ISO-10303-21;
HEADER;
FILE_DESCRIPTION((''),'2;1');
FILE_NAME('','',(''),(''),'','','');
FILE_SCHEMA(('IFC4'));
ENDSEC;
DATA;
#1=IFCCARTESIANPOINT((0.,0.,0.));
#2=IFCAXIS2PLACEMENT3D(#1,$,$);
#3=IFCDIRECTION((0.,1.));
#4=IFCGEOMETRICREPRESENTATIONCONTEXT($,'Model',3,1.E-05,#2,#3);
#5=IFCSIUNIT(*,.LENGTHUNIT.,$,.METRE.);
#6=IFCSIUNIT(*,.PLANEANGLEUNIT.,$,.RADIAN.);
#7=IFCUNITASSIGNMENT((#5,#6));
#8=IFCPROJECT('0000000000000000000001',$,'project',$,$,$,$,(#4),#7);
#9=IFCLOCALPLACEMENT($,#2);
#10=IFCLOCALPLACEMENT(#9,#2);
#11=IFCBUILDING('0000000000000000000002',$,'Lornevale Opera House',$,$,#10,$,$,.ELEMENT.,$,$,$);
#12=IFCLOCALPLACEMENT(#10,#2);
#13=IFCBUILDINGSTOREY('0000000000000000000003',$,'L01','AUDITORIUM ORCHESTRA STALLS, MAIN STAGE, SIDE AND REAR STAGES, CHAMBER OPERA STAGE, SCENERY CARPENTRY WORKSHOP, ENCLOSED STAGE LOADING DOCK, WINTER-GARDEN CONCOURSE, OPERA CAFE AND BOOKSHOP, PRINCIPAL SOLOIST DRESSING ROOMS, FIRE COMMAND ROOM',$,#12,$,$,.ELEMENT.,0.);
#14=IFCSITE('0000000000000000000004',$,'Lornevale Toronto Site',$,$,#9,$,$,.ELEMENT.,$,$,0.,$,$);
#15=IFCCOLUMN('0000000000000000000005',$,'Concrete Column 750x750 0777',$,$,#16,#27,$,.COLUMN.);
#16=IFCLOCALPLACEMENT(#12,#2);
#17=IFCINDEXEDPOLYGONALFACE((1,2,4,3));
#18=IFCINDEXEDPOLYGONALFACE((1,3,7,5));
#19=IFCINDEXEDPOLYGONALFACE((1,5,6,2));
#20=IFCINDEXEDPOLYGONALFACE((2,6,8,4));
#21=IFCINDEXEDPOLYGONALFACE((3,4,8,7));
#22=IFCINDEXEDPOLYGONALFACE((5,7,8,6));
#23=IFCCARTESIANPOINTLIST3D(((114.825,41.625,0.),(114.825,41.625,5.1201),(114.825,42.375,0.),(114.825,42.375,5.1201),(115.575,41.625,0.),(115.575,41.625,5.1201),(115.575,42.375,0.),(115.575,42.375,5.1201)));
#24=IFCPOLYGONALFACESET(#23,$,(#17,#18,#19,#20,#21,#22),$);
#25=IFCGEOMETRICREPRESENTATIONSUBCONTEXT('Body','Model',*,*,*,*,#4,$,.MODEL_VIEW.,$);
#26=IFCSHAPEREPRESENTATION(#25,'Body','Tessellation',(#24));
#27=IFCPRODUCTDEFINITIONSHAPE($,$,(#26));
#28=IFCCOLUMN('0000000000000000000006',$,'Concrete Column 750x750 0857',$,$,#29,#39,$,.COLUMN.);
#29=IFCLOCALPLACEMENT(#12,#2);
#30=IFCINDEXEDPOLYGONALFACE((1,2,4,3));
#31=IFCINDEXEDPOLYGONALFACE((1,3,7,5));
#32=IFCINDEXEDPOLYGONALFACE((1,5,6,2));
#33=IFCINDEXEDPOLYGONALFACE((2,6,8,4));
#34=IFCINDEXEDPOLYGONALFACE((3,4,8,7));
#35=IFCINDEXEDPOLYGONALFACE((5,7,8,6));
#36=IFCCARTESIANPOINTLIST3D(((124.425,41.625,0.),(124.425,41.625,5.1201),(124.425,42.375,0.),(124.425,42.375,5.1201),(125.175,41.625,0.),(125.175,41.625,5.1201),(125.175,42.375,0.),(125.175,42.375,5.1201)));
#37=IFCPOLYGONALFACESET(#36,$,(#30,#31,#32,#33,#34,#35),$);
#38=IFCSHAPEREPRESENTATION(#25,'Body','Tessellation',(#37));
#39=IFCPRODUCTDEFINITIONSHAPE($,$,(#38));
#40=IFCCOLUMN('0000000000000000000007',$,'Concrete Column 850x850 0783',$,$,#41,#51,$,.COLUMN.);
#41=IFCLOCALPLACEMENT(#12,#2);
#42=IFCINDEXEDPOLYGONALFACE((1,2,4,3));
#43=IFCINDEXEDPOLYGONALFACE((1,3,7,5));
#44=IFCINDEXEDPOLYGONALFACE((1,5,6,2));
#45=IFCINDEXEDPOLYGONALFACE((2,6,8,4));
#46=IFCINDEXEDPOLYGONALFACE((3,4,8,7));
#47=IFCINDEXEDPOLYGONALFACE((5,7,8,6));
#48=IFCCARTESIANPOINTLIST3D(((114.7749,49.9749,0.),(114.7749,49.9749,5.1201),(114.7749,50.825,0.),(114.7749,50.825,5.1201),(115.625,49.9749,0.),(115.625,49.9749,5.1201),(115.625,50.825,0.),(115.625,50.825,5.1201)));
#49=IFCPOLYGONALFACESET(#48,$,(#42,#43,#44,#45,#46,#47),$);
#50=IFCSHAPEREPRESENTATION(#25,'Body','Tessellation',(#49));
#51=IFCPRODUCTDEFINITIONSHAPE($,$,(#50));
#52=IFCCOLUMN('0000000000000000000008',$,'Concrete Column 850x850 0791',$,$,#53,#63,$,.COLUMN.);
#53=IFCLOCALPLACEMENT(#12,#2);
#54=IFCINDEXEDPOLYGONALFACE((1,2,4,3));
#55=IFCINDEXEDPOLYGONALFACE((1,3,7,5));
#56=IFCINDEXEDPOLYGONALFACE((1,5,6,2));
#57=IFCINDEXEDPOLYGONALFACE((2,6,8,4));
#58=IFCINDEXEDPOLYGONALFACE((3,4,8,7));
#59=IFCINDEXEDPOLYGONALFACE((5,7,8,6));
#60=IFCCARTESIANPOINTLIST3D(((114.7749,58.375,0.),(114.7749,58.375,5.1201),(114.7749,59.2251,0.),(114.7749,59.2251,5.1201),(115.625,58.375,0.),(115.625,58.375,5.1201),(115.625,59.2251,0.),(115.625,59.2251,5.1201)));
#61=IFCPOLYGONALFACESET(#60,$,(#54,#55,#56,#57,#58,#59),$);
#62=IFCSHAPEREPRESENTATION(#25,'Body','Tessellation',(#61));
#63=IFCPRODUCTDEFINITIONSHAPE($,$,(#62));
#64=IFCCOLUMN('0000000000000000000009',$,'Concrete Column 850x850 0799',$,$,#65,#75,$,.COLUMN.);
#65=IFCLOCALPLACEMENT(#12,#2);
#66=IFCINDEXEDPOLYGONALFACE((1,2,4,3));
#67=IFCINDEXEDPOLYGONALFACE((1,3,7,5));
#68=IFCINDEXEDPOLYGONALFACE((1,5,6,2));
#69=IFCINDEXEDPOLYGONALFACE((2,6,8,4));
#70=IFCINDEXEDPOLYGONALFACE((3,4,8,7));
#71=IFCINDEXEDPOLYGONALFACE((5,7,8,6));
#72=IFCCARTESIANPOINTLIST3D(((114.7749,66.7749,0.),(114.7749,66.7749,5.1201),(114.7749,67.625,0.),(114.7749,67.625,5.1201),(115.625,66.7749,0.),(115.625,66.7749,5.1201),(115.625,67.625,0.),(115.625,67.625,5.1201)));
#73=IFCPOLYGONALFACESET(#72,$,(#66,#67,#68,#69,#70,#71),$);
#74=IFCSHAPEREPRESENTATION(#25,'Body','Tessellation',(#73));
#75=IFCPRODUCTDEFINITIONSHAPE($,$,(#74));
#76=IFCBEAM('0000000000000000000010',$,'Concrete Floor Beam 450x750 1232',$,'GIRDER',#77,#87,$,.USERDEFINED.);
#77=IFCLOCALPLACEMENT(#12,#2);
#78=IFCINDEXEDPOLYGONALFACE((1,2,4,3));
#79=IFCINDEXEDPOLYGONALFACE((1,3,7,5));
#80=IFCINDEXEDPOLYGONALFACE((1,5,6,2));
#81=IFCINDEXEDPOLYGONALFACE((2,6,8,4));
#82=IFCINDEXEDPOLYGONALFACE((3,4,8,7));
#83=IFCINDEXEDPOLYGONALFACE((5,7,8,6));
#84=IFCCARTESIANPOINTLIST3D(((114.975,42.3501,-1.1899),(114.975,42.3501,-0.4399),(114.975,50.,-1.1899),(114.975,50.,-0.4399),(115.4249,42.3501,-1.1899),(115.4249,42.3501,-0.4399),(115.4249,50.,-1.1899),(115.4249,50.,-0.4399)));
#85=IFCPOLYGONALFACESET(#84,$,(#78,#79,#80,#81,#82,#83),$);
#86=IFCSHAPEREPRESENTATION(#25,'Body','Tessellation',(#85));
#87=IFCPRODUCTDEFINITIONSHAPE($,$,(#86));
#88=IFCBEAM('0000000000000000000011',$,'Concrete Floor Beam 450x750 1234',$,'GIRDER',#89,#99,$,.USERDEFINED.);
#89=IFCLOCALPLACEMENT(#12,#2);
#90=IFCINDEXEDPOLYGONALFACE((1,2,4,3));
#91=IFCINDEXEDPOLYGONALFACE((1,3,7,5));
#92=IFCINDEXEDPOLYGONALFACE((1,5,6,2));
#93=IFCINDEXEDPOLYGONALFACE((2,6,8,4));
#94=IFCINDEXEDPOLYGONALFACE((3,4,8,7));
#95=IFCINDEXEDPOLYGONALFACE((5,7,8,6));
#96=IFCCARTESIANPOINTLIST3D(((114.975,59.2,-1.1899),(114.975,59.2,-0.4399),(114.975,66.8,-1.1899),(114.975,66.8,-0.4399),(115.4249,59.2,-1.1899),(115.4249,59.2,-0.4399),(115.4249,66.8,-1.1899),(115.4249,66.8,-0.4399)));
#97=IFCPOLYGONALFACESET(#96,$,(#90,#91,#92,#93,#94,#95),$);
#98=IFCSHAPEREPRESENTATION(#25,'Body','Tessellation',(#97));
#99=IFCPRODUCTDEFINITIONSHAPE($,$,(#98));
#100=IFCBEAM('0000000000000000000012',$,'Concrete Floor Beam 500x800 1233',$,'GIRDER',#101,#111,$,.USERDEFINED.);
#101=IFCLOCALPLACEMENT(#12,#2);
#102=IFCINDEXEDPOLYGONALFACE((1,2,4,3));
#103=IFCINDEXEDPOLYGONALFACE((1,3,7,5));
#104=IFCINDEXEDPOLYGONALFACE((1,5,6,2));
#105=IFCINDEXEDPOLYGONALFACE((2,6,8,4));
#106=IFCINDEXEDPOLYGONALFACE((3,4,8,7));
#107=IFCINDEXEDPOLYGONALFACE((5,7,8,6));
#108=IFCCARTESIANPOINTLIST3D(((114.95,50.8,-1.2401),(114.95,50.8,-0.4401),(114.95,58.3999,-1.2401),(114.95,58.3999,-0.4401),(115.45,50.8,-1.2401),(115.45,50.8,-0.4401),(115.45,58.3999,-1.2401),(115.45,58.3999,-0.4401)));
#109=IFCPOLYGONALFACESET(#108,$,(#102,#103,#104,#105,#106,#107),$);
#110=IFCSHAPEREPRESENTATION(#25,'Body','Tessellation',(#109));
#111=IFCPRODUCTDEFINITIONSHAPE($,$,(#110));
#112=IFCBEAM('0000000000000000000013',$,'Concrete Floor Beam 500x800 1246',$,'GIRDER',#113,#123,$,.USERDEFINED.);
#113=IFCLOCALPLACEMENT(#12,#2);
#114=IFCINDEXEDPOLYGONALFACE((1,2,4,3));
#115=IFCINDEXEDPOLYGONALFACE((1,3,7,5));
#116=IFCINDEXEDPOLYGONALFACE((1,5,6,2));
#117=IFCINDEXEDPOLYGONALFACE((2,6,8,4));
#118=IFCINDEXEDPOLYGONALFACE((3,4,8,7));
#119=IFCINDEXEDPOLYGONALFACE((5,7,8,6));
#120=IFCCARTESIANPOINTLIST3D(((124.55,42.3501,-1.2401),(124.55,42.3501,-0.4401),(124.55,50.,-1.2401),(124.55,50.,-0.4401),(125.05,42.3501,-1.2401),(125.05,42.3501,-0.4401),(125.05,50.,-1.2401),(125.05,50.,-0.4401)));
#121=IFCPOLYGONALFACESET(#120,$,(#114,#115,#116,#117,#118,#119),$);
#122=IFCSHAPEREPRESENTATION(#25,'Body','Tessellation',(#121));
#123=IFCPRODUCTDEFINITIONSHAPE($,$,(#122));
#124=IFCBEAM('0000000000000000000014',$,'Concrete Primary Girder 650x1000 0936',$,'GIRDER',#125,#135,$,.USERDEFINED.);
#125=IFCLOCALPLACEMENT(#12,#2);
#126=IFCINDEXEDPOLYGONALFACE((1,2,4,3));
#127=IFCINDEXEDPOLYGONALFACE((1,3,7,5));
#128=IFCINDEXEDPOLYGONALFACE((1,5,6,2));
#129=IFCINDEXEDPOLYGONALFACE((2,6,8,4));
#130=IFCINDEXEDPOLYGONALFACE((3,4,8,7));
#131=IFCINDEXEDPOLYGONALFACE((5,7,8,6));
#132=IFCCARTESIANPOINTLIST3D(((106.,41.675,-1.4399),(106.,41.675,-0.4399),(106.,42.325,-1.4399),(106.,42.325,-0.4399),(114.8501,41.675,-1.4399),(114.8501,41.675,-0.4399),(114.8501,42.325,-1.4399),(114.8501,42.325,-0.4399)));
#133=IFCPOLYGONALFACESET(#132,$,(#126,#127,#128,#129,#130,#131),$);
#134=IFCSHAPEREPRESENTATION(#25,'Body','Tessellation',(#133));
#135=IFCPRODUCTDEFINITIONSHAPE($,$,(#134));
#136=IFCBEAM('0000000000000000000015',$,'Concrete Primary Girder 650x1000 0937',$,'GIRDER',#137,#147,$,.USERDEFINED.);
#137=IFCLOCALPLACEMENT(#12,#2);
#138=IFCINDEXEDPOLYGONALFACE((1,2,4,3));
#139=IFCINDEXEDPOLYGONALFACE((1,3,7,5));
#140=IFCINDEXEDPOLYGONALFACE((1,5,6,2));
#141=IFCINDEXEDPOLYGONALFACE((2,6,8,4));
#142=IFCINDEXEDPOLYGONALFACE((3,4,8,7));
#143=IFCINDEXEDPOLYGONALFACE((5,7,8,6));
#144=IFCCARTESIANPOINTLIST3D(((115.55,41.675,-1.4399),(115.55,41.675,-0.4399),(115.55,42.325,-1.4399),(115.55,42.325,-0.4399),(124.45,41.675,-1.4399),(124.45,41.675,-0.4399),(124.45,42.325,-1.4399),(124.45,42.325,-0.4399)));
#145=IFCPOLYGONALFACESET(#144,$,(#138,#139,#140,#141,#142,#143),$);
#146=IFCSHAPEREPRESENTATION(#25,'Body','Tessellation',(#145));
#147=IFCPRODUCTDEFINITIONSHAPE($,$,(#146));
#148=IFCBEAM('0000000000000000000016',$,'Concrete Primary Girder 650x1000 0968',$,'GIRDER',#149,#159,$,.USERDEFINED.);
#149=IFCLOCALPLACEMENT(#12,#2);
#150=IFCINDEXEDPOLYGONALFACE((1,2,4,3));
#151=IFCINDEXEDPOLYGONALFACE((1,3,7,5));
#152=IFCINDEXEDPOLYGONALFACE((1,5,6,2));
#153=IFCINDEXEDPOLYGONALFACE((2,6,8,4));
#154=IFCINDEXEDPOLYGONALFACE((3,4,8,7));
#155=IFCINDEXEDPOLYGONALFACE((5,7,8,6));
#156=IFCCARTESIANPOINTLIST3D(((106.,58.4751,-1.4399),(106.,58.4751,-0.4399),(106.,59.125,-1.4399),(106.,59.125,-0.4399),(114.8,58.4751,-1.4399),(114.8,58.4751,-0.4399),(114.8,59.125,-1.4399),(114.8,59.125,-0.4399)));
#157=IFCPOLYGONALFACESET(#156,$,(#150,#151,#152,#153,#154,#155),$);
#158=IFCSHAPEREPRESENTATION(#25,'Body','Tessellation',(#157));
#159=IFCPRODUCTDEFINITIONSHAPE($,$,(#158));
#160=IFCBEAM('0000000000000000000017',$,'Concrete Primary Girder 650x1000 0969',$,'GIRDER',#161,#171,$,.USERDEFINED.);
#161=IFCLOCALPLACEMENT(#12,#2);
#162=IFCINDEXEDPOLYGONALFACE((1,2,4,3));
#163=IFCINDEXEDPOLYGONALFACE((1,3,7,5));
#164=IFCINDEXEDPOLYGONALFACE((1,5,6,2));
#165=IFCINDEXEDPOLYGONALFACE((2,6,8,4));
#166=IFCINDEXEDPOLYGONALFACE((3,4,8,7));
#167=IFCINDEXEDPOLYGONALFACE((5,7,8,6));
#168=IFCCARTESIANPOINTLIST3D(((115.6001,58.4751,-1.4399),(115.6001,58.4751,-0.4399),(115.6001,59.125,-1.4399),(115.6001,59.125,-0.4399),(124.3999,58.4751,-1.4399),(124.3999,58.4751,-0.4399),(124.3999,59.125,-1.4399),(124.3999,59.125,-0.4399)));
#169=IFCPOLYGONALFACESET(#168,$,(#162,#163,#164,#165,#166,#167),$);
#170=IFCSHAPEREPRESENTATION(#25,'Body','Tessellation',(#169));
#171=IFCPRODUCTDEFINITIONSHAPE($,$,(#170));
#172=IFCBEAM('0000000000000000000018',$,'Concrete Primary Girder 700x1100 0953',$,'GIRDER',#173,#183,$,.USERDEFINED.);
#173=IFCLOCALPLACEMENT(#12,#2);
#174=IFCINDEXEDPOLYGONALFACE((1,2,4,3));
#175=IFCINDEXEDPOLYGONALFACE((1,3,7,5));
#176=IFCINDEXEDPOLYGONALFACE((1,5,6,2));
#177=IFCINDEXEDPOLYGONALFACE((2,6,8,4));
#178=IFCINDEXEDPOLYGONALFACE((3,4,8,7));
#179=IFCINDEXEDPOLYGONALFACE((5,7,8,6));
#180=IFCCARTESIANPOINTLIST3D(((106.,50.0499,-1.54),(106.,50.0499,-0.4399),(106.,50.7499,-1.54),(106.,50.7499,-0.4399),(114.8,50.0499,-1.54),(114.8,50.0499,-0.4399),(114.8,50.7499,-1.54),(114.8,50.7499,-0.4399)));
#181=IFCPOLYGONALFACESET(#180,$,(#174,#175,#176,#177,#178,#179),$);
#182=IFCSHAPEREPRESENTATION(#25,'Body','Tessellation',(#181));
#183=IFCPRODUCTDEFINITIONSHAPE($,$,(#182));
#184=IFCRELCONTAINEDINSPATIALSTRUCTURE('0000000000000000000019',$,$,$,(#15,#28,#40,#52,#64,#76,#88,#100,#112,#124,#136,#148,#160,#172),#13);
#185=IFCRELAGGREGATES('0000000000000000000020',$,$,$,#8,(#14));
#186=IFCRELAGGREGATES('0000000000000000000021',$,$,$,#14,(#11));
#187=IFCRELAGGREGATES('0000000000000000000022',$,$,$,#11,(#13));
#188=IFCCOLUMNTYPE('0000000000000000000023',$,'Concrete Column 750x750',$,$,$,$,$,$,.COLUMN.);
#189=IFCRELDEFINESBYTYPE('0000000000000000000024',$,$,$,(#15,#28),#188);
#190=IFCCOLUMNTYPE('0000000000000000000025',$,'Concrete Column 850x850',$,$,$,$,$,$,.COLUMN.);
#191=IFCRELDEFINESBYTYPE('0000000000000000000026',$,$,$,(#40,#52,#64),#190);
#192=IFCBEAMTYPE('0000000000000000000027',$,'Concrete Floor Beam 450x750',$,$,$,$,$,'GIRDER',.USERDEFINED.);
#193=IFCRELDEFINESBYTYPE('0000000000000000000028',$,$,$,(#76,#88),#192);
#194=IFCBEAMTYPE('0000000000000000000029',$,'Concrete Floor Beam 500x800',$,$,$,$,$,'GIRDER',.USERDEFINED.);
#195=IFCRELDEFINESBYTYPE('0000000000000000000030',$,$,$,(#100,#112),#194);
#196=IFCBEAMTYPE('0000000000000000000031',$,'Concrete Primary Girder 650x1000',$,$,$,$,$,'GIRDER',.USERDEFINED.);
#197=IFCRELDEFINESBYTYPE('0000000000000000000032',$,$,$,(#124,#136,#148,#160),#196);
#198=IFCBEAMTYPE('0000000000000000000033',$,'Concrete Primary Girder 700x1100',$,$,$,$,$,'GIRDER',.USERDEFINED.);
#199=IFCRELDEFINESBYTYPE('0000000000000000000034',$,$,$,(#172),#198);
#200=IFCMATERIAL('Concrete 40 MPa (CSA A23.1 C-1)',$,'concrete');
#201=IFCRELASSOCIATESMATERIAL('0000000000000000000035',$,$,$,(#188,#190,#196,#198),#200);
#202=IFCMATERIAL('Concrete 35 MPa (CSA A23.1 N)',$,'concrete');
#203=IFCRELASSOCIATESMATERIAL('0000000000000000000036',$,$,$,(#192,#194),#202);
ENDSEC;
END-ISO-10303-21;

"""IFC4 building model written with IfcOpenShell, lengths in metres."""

from ifc_helpers import new_model, si_unit, direction, frame, origin, origin_2d, place, context, subcontext, project, spatial, rectangle, extrude, material, material_profile, profile_set, type_object, element, save


model = new_model("IFC4")

# Units and contexts
model_context = context("Model", 3, precision=1e-05, world=origin(), true_north=direction((0.0, 1.0)))
body_context = subcontext(model_context, "Body", "Model", "MODEL_VIEW")
ifc_project = project(units=[si_unit("LENGTHUNIT", "METRE"), si_unit("PLANEANGLEUNIT", "RADIAN")], contexts=[model_context])

# Site, building, storey
site_placement = place(None, origin())
site = spatial("IfcSite", under=ifc_project, at=site_placement, Name="Lornevale Toronto Site", CompositionType="ELEMENT", RefElevation=0.0)
building_placement = place(site_placement, origin())
building = spatial("IfcBuilding", under=site, at=building_placement, Name="Lornevale Opera House", CompositionType="ELEMENT")
storey_placement = place(building_placement, origin())
storey = spatial("IfcBuildingStorey", under=building, at=storey_placement, Name="L01", Description="AUDITORIUM ORCHESTRA STALLS, MAIN STAGE, SIDE AND REAR STAGES, CHAMBER OPERA STAGE, SCENERY CARPENTRY WORKSHOP, ENCLOSED STAGE LOADING DOCK, WINTER-GARDEN CONCOURSE, OPERA CAFE AND BOOKSHOP, PRINCIPAL SOLOIST DRESSING ROOMS, FIRE COMMAND ROOM", CompositionType="ELEMENT", Elevation=0.0)

# Columns
ifc_material_1 = material(Name="Concrete 40 MPa (CSA A23.1 C-1)", Category="concrete")
ifc_material_profile_1 = material_profile(ifc_material_1, rectangle(XDim=0.75, YDim=0.75, at=origin_2d()), Name="RC750x750")
ifc_profile_set_1 = profile_set([ifc_material_profile_1], Name="Concrete 40 MPa (CSA A23.1 C-1)")
column_type_1 = type_object("IfcColumnType", Name="Concrete Column 750x750", PredefinedType="COLUMN", material=ifc_profile_set_1)
for number, where, z_axis, x_axis, name in (
    (1, (115.2, 42.0, 0.0), (0.0, 0.0, 1.0), (1.0, 0.0, 0.0), "Concrete Column 750x750 0777"),
    (2, (124.8, 42.0, 0.0), (0.0, 0.0, 1.0), (1.0, 0.0, 0.0), "Concrete Column 750x750 0857"),
):
    element("IfcColumn", number, at=place(storey_placement, frame(where, z_axis=z_axis, x_axis=x_axis)), inside=storey, type_object=column_type_1, Name=name, PredefinedType="COLUMN", context=body_context, shape_type="SweptSolid", body=[
        extrude(rectangle(XDim=0.75, YDim=0.75, at=origin_2d()), origin(), (0.0, 0.0, 1.0), 5.1201),
    ])
ifc_material_profile_2 = material_profile(ifc_material_1, rectangle(XDim=0.8501, YDim=0.8501, at=origin_2d()), Name="RC850x850")
ifc_profile_set_2 = profile_set([ifc_material_profile_2], Name="Concrete 40 MPa (CSA A23.1 C-1)")
column_type_2 = type_object("IfcColumnType", Name="Concrete Column 850x850", PredefinedType="COLUMN", material=ifc_profile_set_2)
for number, where, z_axis, x_axis, name in (
    (3, (115.2, 50.3999, 0.0), (0.0, 0.0, 1.0), (1.0, 0.0, 0.0), "Concrete Column 850x850 0783"),
    (4, (115.2, 58.8, 0.0), (0.0, 0.0, 1.0), (1.0, 0.0, 0.0), "Concrete Column 850x850 0791"),
    (5, (115.2, 67.2, 0.0), (0.0, 0.0, 1.0), (1.0, 0.0, 0.0), "Concrete Column 850x850 0799"),
):
    element("IfcColumn", number, at=place(storey_placement, frame(where, z_axis=z_axis, x_axis=x_axis)), inside=storey, type_object=column_type_2, Name=name, PredefinedType="COLUMN", context=body_context, shape_type="SweptSolid", body=[
        extrude(rectangle(XDim=0.8501, YDim=0.8501, at=origin_2d()), origin(), (0.0, 0.0, 1.0), 5.1201),
    ])

# Beams
ifc_material_2 = material(Name="Concrete 35 MPa (CSA A23.1 N)", Category="concrete")
ifc_material_profile_3 = material_profile(ifc_material_2, rectangle(XDim=0.45, YDim=0.75, at=origin_2d()), Name="RC450x750")
ifc_profile_set_3 = profile_set([ifc_material_profile_3], Name="Concrete 35 MPa (CSA A23.1 N)")
beam_type_1 = type_object("IfcBeamType", Name="Concrete Floor Beam 450x750", ElementType="GIRDER", PredefinedType="USERDEFINED", material=ifc_profile_set_3)
beam_1_placement = place(storey_placement, frame((115.2, 42.3501, -0.8149), z_axis=(0.0, 1.0, 0.0), x_axis=(-1.0, 0.0, 0.0)))
element("IfcBeam", 6, at=beam_1_placement, inside=storey, type_object=beam_type_1, Name="Concrete Floor Beam 450x750 1232", ObjectType="GIRDER", PredefinedType="USERDEFINED", context=body_context, shape_type="SweptSolid", body=[
    extrude(rectangle(XDim=0.45, YDim=0.75, at=origin_2d()), origin(), (0.0, 0.0, 1.0), 7.6499),
])
beam_2_placement = place(storey_placement, frame((115.2, 59.2, -0.8149), z_axis=(0.0, 1.0, 0.0), x_axis=(-1.0, 0.0, 0.0)))
element("IfcBeam", 7, at=beam_2_placement, inside=storey, type_object=beam_type_1, Name="Concrete Floor Beam 450x750 1234", ObjectType="GIRDER", PredefinedType="USERDEFINED", context=body_context, shape_type="SweptSolid", body=[
    extrude(rectangle(XDim=0.45, YDim=0.75, at=origin_2d()), origin(), (0.0, 0.0, 1.0), 7.6001),
])
ifc_material_profile_4 = material_profile(ifc_material_2, rectangle(XDim=0.5, YDim=0.8, at=origin_2d()), Name="RC500x800")
ifc_profile_set_4 = profile_set([ifc_material_profile_4], Name="Concrete 35 MPa (CSA A23.1 N)")
beam_type_2 = type_object("IfcBeamType", Name="Concrete Floor Beam 500x800", ElementType="GIRDER", PredefinedType="USERDEFINED", material=ifc_profile_set_4)
beam_3_placement = place(storey_placement, frame((115.2, 50.8, -0.8401), z_axis=(0.0, 1.0, 0.0), x_axis=(-1.0, 0.0, 0.0)))
element("IfcBeam", 8, at=beam_3_placement, inside=storey, type_object=beam_type_2, Name="Concrete Floor Beam 500x800 1233", ObjectType="GIRDER", PredefinedType="USERDEFINED", context=body_context, shape_type="SweptSolid", body=[
    extrude(rectangle(XDim=0.5, YDim=0.8, at=origin_2d()), origin(), (0.0, 0.0, 1.0), 7.5999),
])
beam_4_placement = place(storey_placement, frame((124.8, 42.3501, -0.8401), z_axis=(0.0, 1.0, 0.0), x_axis=(-1.0, 0.0, 0.0)))
element("IfcBeam", 9, at=beam_4_placement, inside=storey, type_object=beam_type_2, Name="Concrete Floor Beam 500x800 1246", ObjectType="GIRDER", PredefinedType="USERDEFINED", context=body_context, shape_type="SweptSolid", body=[
    extrude(rectangle(XDim=0.5, YDim=0.8, at=origin_2d()), origin(), (0.0, 0.0, 1.0), 7.6499),
])
ifc_material_profile_5 = material_profile(ifc_material_1, rectangle(XDim=0.6499, YDim=1.0, at=origin_2d()), Name="RC650x1000")
ifc_profile_set_5 = profile_set([ifc_material_profile_5], Name="Concrete 40 MPa (CSA A23.1 C-1)")
beam_type_3 = type_object("IfcBeamType", Name="Concrete Primary Girder 650x1000", ElementType="GIRDER", PredefinedType="USERDEFINED", material=ifc_profile_set_5)
beam_5_placement = place(storey_placement, frame((106.0, 42.0, -0.9399), z_axis=(1.0, 0.0, 0.0), x_axis=(0.0, 1.0, 0.0)))
element("IfcBeam", 10, at=beam_5_placement, inside=storey, type_object=beam_type_3, Name="Concrete Primary Girder 650x1000 0936", ObjectType="GIRDER", PredefinedType="USERDEFINED", context=body_context, shape_type="SweptSolid", body=[
    extrude(rectangle(XDim=0.6499, YDim=1.0, at=origin_2d()), origin(), (0.0, 0.0, 1.0), 8.8501),
])
beam_6_placement = place(storey_placement, frame((115.55, 42.0, -0.9399), z_axis=(1.0, 0.0, 0.0), x_axis=(0.0, 1.0, 0.0)))
element("IfcBeam", 11, at=beam_6_placement, inside=storey, type_object=beam_type_3, Name="Concrete Primary Girder 650x1000 0937", ObjectType="GIRDER", PredefinedType="USERDEFINED", context=body_context, shape_type="SweptSolid", body=[
    extrude(rectangle(XDim=0.6499, YDim=1.0, at=origin_2d()), origin(), (0.0, 0.0, 1.0), 8.8999),
])
beam_7_placement = place(storey_placement, frame((106.0, 58.8, -0.9399), z_axis=(1.0, 0.0, 0.0), x_axis=(0.0, 1.0, 0.0)))
element("IfcBeam", 12, at=beam_7_placement, inside=storey, type_object=beam_type_3, Name="Concrete Primary Girder 650x1000 0968", ObjectType="GIRDER", PredefinedType="USERDEFINED", context=body_context, shape_type="SweptSolid", body=[
    extrude(rectangle(XDim=0.6499, YDim=1.0, at=origin_2d()), origin(), (0.0, 0.0, 1.0), 8.8),
])
beam_8_placement = place(storey_placement, frame((115.6001, 58.8, -0.9399), z_axis=(1.0, 0.0, 0.0), x_axis=(0.0, 1.0, 0.0)))
element("IfcBeam", 13, at=beam_8_placement, inside=storey, type_object=beam_type_3, Name="Concrete Primary Girder 650x1000 0969", ObjectType="GIRDER", PredefinedType="USERDEFINED", context=body_context, shape_type="SweptSolid", body=[
    extrude(rectangle(XDim=0.6499, YDim=1.0, at=origin_2d()), origin(), (0.0, 0.0, 1.0), 8.7998),
])
ifc_material_profile_6 = material_profile(ifc_material_1, rectangle(XDim=0.7, YDim=1.1001, at=origin_2d()), Name="RC700x1100")
ifc_profile_set_6 = profile_set([ifc_material_profile_6], Name="Concrete 40 MPa (CSA A23.1 C-1)")
beam_type_4 = type_object("IfcBeamType", Name="Concrete Primary Girder 700x1100", ElementType="GIRDER", PredefinedType="USERDEFINED", material=ifc_profile_set_6)
beam_9_placement = place(storey_placement, frame((106.0, 50.3999, -0.99), z_axis=(1.0, 0.0, 0.0), x_axis=(0.0, 1.0, 0.0)))
element("IfcBeam", 14, at=beam_9_placement, inside=storey, type_object=beam_type_4, Name="Concrete Primary Girder 700x1100 0953", ObjectType="GIRDER", PredefinedType="USERDEFINED", context=body_context, shape_type="SweptSolid", body=[
    extrude(rectangle(XDim=0.7, YDim=1.1001, at=origin_2d()), origin(), (0.0, 0.0, 1.0), 8.8),
])

save(model, "model.ifc")
